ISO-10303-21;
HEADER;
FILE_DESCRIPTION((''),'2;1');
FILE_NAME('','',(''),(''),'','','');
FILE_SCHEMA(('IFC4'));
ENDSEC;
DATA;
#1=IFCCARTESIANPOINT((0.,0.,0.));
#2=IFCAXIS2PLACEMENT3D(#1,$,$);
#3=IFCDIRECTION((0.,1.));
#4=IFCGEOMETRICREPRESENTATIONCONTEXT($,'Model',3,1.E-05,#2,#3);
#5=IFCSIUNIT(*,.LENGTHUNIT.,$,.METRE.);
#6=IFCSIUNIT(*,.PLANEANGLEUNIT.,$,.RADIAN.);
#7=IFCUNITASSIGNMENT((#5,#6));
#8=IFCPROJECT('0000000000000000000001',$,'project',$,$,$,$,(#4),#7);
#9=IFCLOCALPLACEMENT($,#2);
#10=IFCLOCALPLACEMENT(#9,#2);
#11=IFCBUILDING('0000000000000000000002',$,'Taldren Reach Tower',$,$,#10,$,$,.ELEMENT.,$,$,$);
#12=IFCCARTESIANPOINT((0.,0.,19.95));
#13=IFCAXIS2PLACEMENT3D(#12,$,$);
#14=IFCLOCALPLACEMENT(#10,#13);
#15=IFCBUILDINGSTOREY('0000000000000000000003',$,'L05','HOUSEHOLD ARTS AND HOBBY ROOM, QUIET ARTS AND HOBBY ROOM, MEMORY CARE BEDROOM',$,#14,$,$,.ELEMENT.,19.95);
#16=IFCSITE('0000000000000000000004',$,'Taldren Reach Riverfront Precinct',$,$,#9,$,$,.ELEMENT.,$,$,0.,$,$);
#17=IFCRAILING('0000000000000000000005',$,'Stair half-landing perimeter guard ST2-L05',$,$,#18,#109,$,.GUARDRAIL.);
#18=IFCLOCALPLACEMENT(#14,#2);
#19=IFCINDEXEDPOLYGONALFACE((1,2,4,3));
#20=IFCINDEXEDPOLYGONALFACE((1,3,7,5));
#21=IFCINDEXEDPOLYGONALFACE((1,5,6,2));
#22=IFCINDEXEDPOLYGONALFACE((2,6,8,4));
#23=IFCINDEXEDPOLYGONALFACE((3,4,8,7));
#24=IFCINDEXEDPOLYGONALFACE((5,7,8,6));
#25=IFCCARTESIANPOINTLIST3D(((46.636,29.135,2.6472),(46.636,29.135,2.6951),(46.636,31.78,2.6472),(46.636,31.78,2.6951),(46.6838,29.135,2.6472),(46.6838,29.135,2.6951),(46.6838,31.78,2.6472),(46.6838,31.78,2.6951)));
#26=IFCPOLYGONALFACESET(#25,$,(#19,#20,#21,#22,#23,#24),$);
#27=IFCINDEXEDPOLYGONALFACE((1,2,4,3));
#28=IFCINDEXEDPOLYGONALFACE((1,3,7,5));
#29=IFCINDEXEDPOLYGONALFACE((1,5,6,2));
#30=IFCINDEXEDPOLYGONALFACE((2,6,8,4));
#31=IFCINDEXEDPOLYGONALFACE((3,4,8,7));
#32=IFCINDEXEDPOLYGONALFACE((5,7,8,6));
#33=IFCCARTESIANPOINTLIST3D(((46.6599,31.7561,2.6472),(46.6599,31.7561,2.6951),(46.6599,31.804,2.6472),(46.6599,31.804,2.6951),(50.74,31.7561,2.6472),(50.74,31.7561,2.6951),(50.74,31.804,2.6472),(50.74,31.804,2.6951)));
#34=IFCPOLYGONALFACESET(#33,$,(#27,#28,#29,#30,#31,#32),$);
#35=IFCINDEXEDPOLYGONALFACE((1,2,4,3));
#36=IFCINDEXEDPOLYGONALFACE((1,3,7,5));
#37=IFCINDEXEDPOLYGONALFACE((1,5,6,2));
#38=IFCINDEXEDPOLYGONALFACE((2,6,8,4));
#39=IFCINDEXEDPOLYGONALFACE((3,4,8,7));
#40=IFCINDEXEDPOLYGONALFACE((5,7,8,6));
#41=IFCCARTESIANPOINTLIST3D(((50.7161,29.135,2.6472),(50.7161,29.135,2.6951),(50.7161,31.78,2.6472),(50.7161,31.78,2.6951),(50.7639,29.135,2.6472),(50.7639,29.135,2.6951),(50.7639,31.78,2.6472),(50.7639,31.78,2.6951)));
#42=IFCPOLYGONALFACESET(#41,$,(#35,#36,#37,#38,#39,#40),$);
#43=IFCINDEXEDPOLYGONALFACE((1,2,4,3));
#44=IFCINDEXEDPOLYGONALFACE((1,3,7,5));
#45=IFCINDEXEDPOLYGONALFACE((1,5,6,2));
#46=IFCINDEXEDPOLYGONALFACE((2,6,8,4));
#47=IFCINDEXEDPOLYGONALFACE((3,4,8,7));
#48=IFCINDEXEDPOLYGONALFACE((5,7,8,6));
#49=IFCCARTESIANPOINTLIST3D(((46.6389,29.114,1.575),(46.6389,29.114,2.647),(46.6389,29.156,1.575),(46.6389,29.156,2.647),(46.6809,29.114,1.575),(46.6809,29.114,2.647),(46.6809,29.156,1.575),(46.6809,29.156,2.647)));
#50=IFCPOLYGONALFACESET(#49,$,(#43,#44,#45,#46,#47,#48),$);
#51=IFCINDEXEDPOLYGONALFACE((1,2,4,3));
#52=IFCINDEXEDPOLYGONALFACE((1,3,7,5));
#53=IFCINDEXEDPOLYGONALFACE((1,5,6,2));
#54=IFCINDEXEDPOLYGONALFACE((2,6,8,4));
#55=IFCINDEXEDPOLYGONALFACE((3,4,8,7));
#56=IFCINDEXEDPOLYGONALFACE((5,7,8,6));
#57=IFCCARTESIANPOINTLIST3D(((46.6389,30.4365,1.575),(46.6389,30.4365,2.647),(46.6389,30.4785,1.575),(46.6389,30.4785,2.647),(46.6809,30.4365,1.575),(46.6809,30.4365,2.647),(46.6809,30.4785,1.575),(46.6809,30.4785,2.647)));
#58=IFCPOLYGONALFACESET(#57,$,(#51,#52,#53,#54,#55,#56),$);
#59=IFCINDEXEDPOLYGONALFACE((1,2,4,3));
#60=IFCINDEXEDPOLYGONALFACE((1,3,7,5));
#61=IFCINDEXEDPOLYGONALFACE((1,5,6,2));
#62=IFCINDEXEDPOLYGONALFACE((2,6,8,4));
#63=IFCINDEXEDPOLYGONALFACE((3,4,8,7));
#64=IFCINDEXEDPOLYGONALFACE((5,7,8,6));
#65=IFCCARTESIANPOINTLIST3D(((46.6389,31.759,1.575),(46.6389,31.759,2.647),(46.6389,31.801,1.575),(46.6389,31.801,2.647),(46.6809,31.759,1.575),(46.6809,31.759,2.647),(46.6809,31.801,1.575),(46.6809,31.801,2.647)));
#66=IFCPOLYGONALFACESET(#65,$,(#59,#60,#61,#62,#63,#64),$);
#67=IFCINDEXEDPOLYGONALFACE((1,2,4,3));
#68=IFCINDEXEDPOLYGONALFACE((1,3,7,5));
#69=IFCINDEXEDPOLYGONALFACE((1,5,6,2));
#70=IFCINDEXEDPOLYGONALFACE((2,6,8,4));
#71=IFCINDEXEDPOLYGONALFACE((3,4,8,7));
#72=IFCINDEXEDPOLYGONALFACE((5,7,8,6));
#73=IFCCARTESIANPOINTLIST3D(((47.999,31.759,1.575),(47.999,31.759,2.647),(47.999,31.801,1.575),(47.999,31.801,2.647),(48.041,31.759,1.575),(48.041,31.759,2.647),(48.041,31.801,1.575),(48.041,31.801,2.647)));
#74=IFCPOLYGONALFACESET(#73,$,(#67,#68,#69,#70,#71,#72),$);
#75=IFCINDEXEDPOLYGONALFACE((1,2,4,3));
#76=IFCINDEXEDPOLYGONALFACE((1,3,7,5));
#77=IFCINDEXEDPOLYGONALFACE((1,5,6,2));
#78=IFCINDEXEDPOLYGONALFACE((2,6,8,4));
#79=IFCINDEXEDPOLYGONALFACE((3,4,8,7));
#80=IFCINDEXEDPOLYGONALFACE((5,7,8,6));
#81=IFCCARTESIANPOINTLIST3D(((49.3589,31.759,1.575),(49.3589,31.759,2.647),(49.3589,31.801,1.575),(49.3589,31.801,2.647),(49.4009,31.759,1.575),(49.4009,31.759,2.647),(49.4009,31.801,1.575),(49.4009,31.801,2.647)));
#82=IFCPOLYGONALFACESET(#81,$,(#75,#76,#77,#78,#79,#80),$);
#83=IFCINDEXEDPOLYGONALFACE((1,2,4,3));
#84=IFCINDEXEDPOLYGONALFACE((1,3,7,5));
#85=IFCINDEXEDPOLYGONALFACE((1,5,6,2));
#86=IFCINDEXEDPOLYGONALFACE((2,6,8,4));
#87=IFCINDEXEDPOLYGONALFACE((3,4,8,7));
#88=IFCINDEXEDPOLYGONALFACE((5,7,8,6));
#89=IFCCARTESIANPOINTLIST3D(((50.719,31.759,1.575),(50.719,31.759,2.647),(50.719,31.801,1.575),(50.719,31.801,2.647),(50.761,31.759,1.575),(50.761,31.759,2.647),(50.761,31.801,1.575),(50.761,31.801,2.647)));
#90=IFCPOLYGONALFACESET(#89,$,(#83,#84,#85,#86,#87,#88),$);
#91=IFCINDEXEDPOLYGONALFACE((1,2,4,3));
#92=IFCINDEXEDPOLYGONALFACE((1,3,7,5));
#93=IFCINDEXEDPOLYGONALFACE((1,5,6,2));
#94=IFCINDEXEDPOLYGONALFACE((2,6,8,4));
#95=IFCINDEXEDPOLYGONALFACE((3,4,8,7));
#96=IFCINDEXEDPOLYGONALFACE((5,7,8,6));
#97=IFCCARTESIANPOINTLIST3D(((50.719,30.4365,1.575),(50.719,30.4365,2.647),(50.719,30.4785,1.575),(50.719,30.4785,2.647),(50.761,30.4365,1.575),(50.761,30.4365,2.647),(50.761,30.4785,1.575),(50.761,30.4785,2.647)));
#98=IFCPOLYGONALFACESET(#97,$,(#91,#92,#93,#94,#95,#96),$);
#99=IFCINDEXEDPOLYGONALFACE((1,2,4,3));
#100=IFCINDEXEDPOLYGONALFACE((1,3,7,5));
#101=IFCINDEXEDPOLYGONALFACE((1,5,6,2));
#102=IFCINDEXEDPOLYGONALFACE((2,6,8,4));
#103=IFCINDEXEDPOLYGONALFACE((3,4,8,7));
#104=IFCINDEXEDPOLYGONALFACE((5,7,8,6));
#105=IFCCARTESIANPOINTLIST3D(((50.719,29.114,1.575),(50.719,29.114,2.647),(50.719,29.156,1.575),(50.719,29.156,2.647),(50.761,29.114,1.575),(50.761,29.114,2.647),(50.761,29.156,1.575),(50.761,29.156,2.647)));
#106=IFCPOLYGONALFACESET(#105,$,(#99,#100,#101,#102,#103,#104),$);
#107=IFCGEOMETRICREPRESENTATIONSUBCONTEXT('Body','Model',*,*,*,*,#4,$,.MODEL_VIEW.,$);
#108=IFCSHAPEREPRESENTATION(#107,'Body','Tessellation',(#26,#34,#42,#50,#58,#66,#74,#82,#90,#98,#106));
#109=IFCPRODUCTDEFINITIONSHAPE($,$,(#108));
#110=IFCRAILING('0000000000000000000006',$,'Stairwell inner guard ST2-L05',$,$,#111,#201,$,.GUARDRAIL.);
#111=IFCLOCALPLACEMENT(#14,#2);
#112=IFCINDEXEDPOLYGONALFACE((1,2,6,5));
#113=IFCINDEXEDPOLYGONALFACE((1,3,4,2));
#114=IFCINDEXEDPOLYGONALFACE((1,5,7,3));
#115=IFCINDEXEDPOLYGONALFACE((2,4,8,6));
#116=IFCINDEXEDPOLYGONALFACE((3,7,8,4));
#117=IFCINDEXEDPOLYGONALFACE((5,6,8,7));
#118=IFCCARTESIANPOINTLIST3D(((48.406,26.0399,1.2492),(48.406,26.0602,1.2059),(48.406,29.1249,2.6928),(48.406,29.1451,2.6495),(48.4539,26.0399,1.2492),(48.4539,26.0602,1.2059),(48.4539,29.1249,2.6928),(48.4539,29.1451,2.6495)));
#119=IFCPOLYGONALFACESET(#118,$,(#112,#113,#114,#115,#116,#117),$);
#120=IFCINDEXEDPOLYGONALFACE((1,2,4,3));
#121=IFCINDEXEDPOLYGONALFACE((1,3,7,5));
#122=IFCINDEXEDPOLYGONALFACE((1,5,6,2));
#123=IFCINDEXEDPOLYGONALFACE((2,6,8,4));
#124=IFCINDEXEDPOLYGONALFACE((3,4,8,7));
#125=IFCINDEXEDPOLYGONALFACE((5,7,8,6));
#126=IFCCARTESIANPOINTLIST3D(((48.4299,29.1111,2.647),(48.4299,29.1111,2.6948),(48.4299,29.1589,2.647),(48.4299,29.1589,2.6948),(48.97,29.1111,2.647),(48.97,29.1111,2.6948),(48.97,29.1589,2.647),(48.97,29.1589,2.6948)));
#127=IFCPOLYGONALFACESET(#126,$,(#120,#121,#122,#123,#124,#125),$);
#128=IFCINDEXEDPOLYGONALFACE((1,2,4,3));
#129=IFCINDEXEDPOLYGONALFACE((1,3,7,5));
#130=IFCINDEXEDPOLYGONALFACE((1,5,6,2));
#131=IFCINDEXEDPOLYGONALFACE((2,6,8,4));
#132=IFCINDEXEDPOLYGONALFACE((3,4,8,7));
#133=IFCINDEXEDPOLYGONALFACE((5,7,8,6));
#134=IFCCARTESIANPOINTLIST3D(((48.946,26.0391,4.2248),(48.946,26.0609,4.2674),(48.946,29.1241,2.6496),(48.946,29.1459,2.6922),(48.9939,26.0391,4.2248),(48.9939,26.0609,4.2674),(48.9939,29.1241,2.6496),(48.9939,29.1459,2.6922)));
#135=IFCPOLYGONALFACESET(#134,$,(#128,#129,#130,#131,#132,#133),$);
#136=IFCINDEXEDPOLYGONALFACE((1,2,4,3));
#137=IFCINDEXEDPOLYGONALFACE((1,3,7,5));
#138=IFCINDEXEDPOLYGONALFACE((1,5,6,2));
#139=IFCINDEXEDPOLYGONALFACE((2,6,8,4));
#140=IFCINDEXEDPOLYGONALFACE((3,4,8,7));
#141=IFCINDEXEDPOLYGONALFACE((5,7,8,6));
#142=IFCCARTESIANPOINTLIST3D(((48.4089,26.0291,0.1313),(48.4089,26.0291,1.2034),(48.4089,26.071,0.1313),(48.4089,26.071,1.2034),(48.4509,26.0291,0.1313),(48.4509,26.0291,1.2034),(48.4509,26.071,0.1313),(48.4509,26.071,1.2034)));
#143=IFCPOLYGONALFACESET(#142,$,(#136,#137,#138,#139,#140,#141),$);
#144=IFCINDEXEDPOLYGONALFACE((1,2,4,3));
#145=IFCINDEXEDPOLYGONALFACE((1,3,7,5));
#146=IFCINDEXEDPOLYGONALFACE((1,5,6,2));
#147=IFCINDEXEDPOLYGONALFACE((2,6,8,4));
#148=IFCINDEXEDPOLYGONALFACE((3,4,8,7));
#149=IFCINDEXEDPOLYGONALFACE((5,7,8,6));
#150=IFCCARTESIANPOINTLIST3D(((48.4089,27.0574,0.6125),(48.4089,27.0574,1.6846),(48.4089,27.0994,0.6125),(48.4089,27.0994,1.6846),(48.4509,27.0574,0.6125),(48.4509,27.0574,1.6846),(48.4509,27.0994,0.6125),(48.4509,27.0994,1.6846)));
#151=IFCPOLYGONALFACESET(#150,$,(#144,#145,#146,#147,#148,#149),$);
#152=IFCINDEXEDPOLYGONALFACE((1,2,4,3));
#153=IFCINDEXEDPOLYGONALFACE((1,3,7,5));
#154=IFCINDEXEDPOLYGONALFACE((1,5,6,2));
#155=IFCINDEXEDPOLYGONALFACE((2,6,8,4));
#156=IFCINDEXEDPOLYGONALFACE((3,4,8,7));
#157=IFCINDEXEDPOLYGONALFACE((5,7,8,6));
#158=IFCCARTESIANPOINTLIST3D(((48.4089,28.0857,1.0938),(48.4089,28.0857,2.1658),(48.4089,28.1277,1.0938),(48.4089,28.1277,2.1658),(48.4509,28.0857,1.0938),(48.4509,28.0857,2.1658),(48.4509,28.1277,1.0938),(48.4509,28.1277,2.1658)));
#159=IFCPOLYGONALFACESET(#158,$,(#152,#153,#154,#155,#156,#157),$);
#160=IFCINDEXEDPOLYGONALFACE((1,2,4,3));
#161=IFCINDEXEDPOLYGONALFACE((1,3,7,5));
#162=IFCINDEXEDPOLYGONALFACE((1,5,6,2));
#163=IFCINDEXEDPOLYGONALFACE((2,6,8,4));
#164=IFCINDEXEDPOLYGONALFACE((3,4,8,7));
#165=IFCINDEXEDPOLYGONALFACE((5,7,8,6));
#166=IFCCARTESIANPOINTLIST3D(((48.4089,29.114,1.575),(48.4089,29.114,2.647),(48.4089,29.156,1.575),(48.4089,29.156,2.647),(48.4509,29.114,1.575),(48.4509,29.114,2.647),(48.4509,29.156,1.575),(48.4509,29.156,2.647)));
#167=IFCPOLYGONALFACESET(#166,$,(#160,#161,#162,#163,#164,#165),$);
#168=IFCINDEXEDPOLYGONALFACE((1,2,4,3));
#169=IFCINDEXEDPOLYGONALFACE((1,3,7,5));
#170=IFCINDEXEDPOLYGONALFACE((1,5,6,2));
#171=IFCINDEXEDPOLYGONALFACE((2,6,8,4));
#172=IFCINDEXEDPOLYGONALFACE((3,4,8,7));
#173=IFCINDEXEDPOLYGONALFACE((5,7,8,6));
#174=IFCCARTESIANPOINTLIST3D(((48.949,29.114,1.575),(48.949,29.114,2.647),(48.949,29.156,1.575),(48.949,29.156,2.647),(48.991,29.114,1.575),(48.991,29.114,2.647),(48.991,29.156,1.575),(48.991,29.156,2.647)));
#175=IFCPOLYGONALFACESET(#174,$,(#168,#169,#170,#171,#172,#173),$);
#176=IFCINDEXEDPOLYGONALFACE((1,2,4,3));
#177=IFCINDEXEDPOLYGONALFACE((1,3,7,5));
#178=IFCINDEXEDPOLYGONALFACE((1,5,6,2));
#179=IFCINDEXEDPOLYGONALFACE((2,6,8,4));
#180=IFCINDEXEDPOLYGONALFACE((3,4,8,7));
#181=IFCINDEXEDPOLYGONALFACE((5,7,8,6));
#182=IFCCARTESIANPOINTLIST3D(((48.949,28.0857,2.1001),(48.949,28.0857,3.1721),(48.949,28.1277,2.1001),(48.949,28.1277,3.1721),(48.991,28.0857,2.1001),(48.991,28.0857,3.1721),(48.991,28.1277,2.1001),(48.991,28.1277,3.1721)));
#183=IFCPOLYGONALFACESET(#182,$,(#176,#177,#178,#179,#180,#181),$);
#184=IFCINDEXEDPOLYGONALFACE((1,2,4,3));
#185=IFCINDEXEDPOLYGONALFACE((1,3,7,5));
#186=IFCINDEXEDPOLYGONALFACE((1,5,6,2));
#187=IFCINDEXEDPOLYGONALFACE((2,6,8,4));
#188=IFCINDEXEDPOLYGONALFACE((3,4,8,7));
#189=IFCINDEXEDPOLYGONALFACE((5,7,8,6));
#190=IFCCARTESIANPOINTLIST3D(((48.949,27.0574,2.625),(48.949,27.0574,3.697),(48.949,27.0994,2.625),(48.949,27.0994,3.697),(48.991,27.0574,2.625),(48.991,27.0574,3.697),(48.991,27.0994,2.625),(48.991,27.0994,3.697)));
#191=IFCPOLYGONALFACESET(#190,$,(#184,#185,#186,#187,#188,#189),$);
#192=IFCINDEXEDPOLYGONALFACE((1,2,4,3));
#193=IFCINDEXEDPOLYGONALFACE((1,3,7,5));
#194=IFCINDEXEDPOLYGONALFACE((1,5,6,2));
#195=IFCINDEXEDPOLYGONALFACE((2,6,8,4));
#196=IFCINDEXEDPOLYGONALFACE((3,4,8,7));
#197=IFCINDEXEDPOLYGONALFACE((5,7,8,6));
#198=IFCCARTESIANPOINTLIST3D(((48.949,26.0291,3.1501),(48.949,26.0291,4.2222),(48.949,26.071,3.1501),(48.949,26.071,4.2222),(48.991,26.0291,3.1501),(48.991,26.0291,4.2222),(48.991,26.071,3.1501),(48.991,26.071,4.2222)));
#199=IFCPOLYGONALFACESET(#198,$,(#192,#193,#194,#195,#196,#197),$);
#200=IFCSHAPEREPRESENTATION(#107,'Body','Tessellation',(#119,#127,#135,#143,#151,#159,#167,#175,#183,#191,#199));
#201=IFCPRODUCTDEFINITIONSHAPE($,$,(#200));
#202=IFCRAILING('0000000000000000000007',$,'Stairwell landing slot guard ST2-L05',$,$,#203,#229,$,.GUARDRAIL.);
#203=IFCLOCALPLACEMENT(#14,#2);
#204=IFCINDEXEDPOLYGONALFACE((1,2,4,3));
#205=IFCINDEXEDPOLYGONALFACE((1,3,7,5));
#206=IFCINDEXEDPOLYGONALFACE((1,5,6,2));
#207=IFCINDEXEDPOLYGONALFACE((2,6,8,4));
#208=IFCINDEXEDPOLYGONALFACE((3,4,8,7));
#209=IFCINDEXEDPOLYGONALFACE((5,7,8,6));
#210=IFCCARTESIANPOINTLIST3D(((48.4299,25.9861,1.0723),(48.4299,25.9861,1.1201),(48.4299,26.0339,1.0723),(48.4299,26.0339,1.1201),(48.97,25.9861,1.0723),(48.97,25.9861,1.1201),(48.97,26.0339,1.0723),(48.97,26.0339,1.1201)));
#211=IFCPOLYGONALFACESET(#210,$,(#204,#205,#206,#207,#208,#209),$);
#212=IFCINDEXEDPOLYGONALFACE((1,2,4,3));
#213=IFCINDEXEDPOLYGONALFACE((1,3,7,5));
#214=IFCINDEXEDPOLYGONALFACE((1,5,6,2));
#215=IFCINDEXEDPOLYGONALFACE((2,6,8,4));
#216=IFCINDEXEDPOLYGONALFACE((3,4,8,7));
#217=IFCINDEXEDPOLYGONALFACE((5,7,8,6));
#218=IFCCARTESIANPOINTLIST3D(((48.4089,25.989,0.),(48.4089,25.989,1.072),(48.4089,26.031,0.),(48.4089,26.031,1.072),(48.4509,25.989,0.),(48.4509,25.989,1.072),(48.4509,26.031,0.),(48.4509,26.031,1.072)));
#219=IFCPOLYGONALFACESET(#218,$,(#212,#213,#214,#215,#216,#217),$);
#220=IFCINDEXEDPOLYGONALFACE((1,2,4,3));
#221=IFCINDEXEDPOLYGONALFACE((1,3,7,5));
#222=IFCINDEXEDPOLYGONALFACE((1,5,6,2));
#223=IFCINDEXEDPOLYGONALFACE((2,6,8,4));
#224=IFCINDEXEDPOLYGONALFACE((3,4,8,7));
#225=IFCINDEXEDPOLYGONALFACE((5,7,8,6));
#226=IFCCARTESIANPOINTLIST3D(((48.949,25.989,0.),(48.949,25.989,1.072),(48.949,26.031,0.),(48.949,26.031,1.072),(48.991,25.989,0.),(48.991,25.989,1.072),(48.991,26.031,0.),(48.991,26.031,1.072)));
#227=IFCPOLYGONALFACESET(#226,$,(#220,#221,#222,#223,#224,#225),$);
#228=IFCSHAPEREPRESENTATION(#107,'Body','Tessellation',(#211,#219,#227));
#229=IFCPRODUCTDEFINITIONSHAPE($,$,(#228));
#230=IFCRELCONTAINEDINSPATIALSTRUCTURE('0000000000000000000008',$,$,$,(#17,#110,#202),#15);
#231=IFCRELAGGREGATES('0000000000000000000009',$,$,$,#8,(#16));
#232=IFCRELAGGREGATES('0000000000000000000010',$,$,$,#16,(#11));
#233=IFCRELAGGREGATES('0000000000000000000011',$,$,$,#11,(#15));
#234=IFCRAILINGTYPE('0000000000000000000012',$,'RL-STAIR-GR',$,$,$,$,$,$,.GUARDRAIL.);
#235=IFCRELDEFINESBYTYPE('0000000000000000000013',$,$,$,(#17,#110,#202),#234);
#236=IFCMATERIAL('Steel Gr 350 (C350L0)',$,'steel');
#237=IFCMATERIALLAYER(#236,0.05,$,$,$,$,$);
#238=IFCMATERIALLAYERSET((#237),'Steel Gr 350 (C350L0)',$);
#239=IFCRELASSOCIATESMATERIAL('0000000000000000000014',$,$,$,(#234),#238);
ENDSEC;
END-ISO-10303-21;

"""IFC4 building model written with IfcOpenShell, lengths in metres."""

from ifc_helpers import new_model, si_unit, direction, frame, origin, origin_2d, place, context, subcontext, project, spatial, rectangle, extrude, material, layer, layer_set, type_object, element, save


model = new_model("IFC4")

# Units and contexts
model_context = context("Model", 3, precision=1e-05, world=origin(), true_north=direction((0.0, 1.0)))
body_context = subcontext(model_context, "Body", "Model", "MODEL_VIEW")
ifc_project = project(units=[si_unit("LENGTHUNIT", "METRE"), si_unit("PLANEANGLEUNIT", "RADIAN")], contexts=[model_context])

# Site, building, storey
site_placement = place(None, origin())
site = spatial("IfcSite", under=ifc_project, at=site_placement, Name="Taldren Reach Riverfront Precinct", CompositionType="ELEMENT", RefElevation=0.0)
building_placement = place(site_placement, origin())
building = spatial("IfcBuilding", under=site, at=building_placement, Name="Taldren Reach Tower", CompositionType="ELEMENT")
storey_placement = place(building_placement, frame((0.0, 0.0, 19.95)))
storey = spatial("IfcBuildingStorey", under=building, at=storey_placement, Name="L05", Description="HOUSEHOLD ARTS AND HOBBY ROOM, QUIET ARTS AND HOBBY ROOM, MEMORY CARE BEDROOM", CompositionType="ELEMENT", Elevation=19.95)

# Shared definitions
ifc_material_1 = material(Name="Steel Gr 350 (C350L0)", Category="steel")

# Railings
ifc_layer_1 = layer(ifc_material_1, 0.05)
ifc_layer_set_1 = layer_set([ifc_layer_1], Name="Steel Gr 350 (C350L0)")
railing_type_1 = type_object("IfcRailingType", Name="RL-STAIR-GR", PredefinedType="GUARDRAIL", material=ifc_layer_set_1)
railing_1_placement = place(storey_placement, frame((46.6599, 29.135, 1.575)))
element("IfcRailing", 1, at=railing_1_placement, inside=storey, type_object=railing_type_1, Name="Stair half-landing perimeter guard ST2-L05", PredefinedType="GUARDRAIL", context=body_context, shape_type="SweptSolid", body=[
    extrude(rectangle(XDim=0.0479, YDim=0.0479, at=origin_2d()), frame((0.0, 0.0, 1.0962), z_axis=(0.0, 1.0, 0.0), x_axis=(-1.0, 0.0, 0.0)), (0.0, 0.0, 1.0), 2.645),
    extrude(rectangle(XDim=0.0479, YDim=0.0479, at=origin_2d()), frame((0.0, 2.645, 1.0962), z_axis=(1.0, 0.0, 0.0), x_axis=(0.0, 1.0, 0.0)), (0.0, 0.0, 1.0), 4.0801),
    extrude(rectangle(XDim=0.0479, YDim=0.0479, at=origin_2d()), frame((4.0801, 2.645, 1.0962), z_axis=(0.0, -1.0, 0.0), x_axis=(1.0, 0.0, 0.0)), (0.0, 0.0, 1.0), 2.645),
    extrude(rectangle(XDim=0.042, YDim=0.042, at=origin_2d()), origin(), (0.0, 0.0, 1.0), 1.072),
    extrude(rectangle(XDim=0.042, YDim=0.042, at=origin_2d()), frame((0.0, 1.3225, 0.0)), (0.0, 0.0, 1.0), 1.072),
    extrude(rectangle(XDim=0.042, YDim=0.042, at=origin_2d()), frame((0.0, 2.645, 0.0)), (0.0, 0.0, 1.0), 1.072),
    extrude(rectangle(XDim=0.042, YDim=0.042, at=origin_2d()), frame((1.3601, 2.645, 0.0)), (0.0, 0.0, 1.0), 1.072),
    extrude(rectangle(XDim=0.042, YDim=0.042, at=origin_2d()), frame((2.72, 2.645, 0.0)), (0.0, 0.0, 1.0), 1.072),
    extrude(rectangle(XDim=0.042, YDim=0.042, at=origin_2d()), frame((4.0801, 2.645, 0.0)), (0.0, 0.0, 1.0), 1.072),
    extrude(rectangle(XDim=0.042, YDim=0.042, at=origin_2d()), frame((4.0801, 1.3225, 0.0)), (0.0, 0.0, 1.0), 1.072),
    extrude(rectangle(XDim=0.042, YDim=0.042, at=origin_2d()), frame((4.0801, 0.0, 0.0)), (0.0, 0.0, 1.0), 1.072),
])
railing_2_placement = place(storey_placement, frame((48.4299, 26.05, 0.1313)))
element("IfcRailing", 2, at=railing_2_placement, inside=storey, type_object=railing_type_1, Name="Stairwell inner guard ST2-L05", PredefinedType="GUARDRAIL", context=body_context, shape_type="SweptSolid", body=[
    extrude(rectangle(XDim=0.0479, YDim=0.0479, at=origin_2d()), frame((0.0, 0.0, 1.0962), z_axis=(0.0, 0.905738, 0.423839), x_axis=(-1.0, 0.0, 0.0)), (0.0, 0.0, 1.0), 3.406),
    extrude(rectangle(XDim=0.0479, YDim=0.0479, at=origin_2d()), frame((0.0, 3.085, 2.5396), z_axis=(1.0, 0.0, 0.0), x_axis=(0.0, 1.0, 0.0)), (0.0, 0.0, 1.0), 0.54),
    extrude(rectangle(XDim=0.0479, YDim=0.0479, at=origin_2d()), frame((0.54, 3.085, 2.5396), z_axis=(0.0, -0.890617, 0.454753), x_axis=(1.0, 0.0, 0.0)), (0.0, 0.0, 1.0), 3.4639),
    extrude(rectangle(XDim=0.042, YDim=0.042, at=origin_2d()), origin(), (0.0, 0.0, 1.0), 1.072),
    extrude(rectangle(XDim=0.042, YDim=0.042, at=origin_2d()), frame((0.0, 1.0283, 0.4812)), (0.0, 0.0, 1.0), 1.072),
    extrude(rectangle(XDim=0.042, YDim=0.042, at=origin_2d()), frame((0.0, 2.0566, 0.9624)), (0.0, 0.0, 1.0), 1.072),
    extrude(rectangle(XDim=0.042, YDim=0.042, at=origin_2d()), frame((0.0, 3.085, 1.4436)), (0.0, 0.0, 1.0), 1.072),
    extrude(rectangle(XDim=0.042, YDim=0.042, at=origin_2d()), frame((0.54, 3.085, 1.4436)), (0.0, 0.0, 1.0), 1.072),
    extrude(rectangle(XDim=0.042, YDim=0.042, at=origin_2d()), frame((0.54, 2.0566, 1.9688)), (0.0, 0.0, 1.0), 1.072),
    extrude(rectangle(XDim=0.042, YDim=0.042, at=origin_2d()), frame((0.54, 1.0283, 2.4937)), (0.0, 0.0, 1.0), 1.072),
    extrude(rectangle(XDim=0.042, YDim=0.042, at=origin_2d()), frame((0.54, 0.0, 3.0188)), (0.0, 0.0, 1.0), 1.072),
])
railing_3_placement = place(storey_placement, frame((48.4299, 26.01, 0.0)))
element("IfcRailing", 3, at=railing_3_placement, inside=storey, type_object=railing_type_1, Name="Stairwell landing slot guard ST2-L05", PredefinedType="GUARDRAIL", context=body_context, shape_type="SweptSolid", body=[
    extrude(rectangle(XDim=0.0479, YDim=0.0479, at=origin_2d()), frame((0.0, 0.0, 1.0962), z_axis=(1.0, 0.0, 0.0), x_axis=(0.0, 1.0, 0.0)), (0.0, 0.0, 1.0), 0.54),
    extrude(rectangle(XDim=0.042, YDim=0.042, at=origin_2d()), origin(), (0.0, 0.0, 1.0), 1.072),
    extrude(rectangle(XDim=0.042, YDim=0.042, at=origin_2d()), frame((0.54, 0.0, 0.0)), (0.0, 0.0, 1.0), 1.072),
])

save(model, "model.ifc")
